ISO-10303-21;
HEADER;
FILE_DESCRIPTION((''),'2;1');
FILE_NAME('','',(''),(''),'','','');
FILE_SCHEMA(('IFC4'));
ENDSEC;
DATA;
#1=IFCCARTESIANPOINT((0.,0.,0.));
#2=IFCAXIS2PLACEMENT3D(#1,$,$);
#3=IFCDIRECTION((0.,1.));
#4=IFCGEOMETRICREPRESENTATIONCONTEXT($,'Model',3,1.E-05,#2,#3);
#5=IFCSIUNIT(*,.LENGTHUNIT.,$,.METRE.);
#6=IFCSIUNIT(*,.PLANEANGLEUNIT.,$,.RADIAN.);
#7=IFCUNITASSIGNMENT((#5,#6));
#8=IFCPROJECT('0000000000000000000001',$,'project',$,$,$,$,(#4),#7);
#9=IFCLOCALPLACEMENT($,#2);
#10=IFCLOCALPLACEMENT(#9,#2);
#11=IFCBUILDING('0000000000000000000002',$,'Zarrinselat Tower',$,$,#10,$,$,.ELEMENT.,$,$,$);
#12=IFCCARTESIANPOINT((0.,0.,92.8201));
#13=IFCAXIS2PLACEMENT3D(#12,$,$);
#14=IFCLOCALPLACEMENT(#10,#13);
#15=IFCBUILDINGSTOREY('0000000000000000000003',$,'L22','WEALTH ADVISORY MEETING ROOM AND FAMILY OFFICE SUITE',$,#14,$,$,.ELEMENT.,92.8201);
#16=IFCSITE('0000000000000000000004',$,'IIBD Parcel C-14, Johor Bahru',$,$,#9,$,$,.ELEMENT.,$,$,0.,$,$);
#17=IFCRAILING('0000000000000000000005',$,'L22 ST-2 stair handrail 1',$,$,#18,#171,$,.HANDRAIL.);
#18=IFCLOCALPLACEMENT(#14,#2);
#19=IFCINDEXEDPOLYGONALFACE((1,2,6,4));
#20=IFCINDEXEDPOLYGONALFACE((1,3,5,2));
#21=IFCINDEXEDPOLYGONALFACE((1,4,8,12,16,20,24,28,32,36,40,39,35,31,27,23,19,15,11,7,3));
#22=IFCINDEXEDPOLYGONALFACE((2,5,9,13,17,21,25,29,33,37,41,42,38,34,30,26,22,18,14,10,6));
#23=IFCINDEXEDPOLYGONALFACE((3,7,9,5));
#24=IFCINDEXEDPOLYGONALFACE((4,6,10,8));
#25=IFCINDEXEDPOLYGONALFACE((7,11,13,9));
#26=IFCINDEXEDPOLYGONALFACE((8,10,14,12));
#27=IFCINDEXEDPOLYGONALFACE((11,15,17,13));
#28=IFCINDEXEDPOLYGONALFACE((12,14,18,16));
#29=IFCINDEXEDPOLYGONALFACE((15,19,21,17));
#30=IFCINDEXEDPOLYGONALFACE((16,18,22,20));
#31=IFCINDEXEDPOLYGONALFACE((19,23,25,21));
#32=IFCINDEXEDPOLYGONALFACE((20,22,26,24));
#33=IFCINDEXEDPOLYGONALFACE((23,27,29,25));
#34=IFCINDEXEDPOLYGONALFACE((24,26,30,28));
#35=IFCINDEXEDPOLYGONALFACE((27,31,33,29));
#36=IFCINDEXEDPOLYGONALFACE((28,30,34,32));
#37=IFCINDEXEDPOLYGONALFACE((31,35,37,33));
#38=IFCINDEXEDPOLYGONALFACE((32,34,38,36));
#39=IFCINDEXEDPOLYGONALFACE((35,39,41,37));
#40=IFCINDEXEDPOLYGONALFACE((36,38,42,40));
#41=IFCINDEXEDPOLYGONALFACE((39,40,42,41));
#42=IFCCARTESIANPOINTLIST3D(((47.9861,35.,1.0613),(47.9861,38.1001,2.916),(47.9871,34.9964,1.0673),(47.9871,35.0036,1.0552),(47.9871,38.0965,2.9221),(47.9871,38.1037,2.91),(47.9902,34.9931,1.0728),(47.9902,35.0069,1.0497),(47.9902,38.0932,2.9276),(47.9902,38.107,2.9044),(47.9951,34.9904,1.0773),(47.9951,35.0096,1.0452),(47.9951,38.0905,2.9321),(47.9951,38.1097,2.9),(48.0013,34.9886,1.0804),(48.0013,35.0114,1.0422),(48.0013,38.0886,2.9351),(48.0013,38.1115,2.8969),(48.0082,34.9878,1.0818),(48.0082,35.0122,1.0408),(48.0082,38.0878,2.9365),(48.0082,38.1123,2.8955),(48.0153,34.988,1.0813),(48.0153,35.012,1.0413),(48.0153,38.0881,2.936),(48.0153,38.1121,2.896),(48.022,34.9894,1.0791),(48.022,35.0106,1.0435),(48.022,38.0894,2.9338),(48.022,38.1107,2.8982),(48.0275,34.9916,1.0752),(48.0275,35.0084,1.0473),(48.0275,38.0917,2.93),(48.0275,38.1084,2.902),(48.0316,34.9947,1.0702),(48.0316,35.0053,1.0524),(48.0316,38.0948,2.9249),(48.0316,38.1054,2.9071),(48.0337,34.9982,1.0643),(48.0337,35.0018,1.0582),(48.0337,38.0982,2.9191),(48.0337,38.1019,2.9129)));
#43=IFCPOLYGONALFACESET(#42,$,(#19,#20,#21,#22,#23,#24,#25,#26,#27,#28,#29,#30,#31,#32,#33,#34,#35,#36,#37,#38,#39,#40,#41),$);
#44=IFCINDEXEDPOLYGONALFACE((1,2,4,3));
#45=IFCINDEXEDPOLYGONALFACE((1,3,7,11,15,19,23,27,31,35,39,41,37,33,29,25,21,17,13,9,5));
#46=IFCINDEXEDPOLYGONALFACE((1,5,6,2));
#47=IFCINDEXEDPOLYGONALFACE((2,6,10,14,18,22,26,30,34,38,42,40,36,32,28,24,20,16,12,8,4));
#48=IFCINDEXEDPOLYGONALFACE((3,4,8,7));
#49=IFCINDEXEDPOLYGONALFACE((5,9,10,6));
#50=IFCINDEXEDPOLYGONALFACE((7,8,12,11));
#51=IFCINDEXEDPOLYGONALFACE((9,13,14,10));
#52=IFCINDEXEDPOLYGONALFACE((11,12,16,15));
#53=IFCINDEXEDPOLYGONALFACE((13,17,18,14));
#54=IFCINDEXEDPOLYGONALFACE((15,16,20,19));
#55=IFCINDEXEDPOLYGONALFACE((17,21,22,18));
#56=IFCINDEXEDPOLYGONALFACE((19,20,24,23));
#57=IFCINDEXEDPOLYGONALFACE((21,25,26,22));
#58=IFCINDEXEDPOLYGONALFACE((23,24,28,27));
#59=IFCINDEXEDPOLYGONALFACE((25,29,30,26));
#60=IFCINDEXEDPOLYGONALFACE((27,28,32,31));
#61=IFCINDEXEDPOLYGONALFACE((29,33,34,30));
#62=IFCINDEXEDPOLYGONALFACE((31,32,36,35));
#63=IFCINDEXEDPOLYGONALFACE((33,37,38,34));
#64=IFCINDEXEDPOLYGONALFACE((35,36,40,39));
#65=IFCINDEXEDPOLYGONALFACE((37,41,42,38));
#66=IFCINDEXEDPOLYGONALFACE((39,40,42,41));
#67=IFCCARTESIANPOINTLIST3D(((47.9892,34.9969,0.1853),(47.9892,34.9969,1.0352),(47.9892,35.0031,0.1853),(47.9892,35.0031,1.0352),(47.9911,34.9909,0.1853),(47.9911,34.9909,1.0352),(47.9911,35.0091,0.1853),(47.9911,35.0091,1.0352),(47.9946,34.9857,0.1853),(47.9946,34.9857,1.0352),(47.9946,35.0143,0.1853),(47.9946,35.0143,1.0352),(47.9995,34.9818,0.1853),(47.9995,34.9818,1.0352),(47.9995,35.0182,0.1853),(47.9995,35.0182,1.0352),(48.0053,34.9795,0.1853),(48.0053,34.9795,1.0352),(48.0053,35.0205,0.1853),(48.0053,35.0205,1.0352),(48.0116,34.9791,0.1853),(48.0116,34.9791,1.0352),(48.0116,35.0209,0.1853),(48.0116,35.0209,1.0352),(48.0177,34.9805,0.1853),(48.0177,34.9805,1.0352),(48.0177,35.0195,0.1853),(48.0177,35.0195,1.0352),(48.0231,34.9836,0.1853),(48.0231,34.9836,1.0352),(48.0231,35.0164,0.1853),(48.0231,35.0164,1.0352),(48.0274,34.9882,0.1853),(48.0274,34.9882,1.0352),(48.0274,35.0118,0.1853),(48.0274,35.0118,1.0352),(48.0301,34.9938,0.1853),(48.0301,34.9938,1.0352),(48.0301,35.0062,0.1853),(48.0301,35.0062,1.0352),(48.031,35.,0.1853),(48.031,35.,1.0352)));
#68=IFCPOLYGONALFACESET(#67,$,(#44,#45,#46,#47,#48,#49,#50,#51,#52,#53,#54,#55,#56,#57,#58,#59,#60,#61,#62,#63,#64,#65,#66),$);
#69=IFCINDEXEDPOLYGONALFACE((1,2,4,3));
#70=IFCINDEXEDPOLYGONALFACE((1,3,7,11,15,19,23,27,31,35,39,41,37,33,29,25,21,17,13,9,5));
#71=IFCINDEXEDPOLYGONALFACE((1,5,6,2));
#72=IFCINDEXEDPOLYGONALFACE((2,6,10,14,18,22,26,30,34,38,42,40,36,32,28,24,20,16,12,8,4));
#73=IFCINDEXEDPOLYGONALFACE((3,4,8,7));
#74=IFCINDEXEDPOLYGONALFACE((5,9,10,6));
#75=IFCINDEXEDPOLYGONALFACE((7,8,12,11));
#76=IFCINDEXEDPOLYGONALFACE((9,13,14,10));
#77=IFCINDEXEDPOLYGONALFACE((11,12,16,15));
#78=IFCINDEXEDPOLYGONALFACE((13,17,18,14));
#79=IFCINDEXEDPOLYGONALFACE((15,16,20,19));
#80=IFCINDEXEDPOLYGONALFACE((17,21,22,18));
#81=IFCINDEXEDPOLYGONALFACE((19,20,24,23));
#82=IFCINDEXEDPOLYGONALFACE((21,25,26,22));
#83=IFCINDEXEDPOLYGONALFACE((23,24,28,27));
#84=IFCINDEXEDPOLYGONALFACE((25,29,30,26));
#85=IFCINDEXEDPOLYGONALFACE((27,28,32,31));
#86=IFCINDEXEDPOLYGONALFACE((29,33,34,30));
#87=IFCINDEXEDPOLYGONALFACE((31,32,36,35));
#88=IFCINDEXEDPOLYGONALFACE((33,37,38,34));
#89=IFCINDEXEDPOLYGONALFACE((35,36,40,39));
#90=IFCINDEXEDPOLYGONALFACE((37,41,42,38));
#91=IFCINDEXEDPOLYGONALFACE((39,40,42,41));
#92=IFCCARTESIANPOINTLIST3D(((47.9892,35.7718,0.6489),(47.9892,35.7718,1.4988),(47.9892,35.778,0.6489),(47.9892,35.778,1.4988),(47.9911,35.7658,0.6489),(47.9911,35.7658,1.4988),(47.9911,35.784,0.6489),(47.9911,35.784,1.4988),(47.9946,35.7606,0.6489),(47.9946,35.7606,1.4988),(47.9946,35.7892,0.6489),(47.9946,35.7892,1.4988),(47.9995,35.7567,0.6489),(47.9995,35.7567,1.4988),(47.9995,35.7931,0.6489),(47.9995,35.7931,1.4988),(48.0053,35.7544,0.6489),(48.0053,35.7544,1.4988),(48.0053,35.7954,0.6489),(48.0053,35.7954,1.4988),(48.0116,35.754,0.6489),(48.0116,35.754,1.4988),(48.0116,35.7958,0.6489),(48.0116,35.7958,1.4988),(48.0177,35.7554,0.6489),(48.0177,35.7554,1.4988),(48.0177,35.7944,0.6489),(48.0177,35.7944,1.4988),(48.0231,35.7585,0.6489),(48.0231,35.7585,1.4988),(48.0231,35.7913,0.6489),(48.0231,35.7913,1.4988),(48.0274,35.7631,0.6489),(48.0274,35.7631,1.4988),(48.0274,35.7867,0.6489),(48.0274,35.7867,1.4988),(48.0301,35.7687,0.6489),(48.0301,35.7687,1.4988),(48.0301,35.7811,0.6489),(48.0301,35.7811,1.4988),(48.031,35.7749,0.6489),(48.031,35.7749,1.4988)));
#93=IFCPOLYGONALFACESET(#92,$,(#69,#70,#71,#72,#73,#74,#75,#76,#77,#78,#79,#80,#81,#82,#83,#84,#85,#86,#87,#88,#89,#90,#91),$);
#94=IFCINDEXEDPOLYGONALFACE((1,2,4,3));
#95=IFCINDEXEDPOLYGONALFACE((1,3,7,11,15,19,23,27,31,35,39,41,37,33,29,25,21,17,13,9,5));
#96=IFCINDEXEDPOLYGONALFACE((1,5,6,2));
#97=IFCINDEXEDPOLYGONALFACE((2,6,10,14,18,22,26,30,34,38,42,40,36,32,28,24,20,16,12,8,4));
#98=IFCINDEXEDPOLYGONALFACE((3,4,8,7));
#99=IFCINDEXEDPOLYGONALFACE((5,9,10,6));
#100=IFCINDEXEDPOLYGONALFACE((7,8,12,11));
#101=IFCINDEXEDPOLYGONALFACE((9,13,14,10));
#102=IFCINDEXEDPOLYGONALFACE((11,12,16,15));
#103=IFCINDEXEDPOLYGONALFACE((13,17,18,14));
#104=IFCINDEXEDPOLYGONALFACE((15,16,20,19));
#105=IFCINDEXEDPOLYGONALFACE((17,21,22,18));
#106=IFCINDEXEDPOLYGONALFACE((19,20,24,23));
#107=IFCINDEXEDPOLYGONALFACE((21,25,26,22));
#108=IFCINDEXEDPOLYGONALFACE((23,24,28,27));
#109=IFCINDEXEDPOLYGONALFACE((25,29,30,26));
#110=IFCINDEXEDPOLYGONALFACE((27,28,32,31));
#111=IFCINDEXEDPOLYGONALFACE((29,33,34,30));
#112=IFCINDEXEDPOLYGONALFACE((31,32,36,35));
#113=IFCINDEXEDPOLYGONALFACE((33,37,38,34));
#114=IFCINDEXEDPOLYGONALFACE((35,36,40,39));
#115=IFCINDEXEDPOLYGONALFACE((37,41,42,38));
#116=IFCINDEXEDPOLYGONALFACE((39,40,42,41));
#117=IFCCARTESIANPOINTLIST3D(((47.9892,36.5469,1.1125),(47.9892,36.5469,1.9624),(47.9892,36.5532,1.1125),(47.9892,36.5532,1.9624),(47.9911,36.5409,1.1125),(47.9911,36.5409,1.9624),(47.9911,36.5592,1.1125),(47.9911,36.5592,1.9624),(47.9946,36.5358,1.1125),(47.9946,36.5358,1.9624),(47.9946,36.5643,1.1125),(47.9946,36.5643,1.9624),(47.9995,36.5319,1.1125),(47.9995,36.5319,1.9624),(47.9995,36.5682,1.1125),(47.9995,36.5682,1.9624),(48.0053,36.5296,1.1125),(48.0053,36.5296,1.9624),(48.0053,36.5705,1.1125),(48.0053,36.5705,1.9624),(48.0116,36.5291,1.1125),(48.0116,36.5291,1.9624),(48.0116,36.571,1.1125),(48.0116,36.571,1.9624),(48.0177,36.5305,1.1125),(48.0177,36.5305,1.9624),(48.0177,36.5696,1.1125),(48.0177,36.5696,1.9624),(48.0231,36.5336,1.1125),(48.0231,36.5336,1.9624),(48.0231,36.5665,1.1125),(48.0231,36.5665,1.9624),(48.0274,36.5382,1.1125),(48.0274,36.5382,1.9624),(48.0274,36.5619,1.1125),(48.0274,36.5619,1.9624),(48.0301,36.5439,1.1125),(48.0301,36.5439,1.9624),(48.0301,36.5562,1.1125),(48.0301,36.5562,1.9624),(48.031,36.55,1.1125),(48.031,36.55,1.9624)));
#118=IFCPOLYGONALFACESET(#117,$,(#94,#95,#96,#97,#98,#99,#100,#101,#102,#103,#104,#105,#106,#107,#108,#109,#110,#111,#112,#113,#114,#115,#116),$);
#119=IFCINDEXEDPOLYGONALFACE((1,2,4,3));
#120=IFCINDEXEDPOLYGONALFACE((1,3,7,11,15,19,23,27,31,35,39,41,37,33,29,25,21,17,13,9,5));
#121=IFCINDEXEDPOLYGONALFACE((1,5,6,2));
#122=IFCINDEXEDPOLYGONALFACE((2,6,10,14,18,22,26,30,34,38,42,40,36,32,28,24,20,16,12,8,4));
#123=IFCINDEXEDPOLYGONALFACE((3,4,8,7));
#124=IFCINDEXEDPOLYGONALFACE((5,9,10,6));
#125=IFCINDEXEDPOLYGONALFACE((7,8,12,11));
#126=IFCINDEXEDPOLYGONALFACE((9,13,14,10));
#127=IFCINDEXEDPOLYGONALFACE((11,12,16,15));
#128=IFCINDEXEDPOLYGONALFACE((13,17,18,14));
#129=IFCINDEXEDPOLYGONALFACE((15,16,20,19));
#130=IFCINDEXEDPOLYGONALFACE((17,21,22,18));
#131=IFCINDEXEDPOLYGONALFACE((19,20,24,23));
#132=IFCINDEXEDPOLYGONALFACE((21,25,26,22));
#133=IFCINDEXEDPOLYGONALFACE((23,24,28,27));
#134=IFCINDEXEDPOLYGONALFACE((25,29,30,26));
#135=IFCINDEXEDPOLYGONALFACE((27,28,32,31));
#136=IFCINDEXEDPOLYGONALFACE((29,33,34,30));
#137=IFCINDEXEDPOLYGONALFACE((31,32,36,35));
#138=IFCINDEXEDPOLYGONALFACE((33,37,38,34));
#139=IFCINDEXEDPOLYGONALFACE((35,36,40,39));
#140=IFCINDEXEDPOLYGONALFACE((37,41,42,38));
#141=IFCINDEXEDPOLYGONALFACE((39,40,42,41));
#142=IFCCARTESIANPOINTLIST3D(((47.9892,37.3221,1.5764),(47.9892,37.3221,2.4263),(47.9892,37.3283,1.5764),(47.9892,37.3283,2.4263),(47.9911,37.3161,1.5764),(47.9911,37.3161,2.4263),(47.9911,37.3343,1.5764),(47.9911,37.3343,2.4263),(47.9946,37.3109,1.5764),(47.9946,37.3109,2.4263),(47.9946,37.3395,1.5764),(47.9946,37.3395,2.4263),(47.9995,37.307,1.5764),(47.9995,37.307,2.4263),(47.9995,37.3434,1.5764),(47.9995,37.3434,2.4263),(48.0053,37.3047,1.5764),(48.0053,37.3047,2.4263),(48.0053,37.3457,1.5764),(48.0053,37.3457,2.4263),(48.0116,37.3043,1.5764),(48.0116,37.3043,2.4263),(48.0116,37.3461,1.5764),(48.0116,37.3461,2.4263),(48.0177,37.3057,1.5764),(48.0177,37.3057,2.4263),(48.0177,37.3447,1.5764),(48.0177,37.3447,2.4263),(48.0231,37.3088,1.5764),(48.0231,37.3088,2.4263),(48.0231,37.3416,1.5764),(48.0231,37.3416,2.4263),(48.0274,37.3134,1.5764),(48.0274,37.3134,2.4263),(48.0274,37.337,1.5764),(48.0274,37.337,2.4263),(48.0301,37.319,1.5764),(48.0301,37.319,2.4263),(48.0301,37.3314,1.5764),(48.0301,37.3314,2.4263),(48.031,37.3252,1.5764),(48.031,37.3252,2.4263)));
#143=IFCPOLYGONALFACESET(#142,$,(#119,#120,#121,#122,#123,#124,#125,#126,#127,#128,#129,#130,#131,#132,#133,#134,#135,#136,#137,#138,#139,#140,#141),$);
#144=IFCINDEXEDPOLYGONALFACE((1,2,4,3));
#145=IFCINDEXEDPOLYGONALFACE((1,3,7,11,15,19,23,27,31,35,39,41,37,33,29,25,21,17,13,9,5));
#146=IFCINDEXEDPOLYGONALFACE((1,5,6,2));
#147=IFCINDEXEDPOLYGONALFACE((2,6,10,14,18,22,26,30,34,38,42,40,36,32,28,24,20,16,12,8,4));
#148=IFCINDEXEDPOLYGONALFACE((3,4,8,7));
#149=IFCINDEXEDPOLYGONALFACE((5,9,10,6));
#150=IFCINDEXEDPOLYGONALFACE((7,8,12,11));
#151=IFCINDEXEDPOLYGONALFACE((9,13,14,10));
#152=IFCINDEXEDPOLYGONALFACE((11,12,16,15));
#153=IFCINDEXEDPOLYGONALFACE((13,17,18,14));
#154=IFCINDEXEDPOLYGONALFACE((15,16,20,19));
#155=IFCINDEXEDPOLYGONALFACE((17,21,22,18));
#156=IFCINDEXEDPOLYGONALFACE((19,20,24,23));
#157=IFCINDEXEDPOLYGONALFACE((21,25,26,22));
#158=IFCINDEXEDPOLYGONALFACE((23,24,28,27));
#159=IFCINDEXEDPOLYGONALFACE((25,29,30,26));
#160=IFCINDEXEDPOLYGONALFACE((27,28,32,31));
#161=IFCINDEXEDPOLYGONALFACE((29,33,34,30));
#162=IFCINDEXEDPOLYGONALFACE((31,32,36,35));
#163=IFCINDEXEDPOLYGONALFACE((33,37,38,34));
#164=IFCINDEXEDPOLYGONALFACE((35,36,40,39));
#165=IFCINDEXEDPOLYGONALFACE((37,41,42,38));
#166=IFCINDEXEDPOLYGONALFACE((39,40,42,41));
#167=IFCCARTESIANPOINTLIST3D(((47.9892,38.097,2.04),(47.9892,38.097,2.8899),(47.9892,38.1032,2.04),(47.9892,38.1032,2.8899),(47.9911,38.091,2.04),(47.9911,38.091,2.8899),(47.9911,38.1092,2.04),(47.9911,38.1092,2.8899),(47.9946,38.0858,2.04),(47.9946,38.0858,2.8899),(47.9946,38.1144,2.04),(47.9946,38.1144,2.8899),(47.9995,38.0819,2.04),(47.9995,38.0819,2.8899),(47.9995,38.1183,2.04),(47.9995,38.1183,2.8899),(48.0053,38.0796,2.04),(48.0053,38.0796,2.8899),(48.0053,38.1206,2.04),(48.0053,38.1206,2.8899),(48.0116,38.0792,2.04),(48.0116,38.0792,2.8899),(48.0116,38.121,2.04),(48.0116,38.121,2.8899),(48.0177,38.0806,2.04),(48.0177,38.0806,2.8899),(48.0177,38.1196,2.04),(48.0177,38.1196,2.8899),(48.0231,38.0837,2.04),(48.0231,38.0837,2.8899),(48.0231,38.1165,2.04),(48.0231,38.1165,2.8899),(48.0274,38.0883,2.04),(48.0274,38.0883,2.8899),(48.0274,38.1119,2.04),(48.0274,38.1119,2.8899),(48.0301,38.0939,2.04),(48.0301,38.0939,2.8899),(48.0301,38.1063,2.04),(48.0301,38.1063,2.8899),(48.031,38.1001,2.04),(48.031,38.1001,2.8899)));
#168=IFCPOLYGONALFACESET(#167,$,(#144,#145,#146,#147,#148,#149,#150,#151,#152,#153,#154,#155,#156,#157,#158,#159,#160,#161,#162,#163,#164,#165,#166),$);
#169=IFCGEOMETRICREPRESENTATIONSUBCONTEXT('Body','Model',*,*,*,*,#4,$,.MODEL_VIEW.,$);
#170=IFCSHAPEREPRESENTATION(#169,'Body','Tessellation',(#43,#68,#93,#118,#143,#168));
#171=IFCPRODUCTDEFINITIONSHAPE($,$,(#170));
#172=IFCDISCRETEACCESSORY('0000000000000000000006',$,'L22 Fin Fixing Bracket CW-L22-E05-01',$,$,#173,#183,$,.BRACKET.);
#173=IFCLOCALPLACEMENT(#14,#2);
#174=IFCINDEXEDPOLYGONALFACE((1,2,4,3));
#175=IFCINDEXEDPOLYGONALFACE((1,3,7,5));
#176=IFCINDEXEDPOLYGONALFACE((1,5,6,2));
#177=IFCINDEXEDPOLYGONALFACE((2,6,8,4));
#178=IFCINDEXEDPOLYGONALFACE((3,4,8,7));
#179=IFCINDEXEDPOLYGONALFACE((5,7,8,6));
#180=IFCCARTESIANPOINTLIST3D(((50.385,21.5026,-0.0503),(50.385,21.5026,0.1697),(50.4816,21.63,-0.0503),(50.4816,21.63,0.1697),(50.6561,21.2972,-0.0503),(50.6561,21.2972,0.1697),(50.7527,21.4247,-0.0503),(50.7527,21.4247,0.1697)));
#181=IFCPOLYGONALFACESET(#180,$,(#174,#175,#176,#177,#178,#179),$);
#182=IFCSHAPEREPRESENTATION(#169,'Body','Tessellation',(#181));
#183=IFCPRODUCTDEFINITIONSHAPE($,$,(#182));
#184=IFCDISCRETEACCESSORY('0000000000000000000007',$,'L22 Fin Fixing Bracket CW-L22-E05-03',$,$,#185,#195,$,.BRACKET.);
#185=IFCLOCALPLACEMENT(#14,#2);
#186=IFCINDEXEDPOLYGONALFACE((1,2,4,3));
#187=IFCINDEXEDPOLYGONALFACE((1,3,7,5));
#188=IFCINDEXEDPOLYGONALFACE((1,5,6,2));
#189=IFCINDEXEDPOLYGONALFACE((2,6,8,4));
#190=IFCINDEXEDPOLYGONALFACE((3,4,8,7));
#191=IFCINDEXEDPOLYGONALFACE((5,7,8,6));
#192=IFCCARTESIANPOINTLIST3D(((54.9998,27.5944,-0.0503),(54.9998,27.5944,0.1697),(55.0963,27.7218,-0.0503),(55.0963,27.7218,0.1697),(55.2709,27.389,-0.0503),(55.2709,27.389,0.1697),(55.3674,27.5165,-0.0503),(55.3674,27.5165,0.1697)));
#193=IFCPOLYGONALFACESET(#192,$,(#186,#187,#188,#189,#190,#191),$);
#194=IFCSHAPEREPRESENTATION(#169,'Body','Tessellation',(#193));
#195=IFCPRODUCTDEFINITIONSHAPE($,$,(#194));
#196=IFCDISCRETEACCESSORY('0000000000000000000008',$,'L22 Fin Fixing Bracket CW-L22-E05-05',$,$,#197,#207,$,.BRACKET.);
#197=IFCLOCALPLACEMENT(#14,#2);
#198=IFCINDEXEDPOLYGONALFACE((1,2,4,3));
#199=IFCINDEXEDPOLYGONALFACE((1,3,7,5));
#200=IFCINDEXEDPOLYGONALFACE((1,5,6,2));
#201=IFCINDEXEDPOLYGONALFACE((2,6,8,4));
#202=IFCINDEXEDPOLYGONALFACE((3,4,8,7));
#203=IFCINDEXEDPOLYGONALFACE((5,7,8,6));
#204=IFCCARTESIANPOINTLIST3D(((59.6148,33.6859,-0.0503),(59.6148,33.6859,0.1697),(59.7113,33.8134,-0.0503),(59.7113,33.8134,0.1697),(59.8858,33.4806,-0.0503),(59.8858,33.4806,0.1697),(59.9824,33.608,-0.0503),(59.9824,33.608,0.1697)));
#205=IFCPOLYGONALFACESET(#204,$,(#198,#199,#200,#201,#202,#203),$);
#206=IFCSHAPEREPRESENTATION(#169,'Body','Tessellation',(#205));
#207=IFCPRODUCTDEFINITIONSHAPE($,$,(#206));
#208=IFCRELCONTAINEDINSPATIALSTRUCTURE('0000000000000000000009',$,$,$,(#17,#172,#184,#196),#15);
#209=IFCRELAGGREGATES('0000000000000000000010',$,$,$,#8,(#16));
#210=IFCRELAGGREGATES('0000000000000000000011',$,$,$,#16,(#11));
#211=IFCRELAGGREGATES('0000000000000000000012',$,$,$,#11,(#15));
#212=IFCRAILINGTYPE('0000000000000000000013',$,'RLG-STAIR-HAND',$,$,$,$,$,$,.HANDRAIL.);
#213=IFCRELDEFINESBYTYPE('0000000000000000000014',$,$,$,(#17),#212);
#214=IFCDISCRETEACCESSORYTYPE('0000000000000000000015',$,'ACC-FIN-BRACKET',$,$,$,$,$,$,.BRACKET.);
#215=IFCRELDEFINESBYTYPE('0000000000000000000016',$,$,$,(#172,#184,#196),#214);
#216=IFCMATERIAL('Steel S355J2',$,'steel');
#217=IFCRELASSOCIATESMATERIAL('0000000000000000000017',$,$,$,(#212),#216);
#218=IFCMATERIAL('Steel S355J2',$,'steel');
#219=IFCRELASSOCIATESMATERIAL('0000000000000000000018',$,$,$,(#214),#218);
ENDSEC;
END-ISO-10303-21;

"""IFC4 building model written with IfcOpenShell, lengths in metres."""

from ifc_helpers import new_model, si_unit, direction, frame, origin, origin_2d, place, context, subcontext, project, spatial, rectangle, circle, extrude, material, type_object, element, save


model = new_model("IFC4")

# Units and contexts
model_context = context("Model", 3, precision=1e-05, world=origin(), true_north=direction((0.0, 1.0)))
body_context = subcontext(model_context, "Body", "Model", "MODEL_VIEW")
ifc_project = project(units=[si_unit("LENGTHUNIT", "METRE"), si_unit("PLANEANGLEUNIT", "RADIAN")], contexts=[model_context])

# Site, building, storey
site_placement = place(None, origin())
site = spatial("IfcSite", under=ifc_project, at=site_placement, Name="IIBD Parcel C-14, Johor Bahru", CompositionType="ELEMENT", RefElevation=0.0)
building_placement = place(site_placement, origin())
building = spatial("IfcBuilding", under=site, at=building_placement, Name="Zarrinselat Tower", CompositionType="ELEMENT")
storey_placement = place(building_placement, frame((0.0, 0.0, 92.8201)))
storey = spatial("IfcBuildingStorey", under=building, at=storey_placement, Name="L22", Description="WEALTH ADVISORY MEETING ROOM AND FAMILY OFFICE SUITE", CompositionType="ELEMENT", Elevation=92.8201)

# Railing
ifc_material_1 = material(Name="Steel S355J2", Category="steel")
railing_type_1 = type_object("IfcRailingType", Name="RLG-STAIR-HAND", PredefinedType="HANDRAIL", material=ifc_material_1)
railing_1_placement = place(storey_placement, frame((48.01, 35.0, 0.1853)))
element("IfcRailing", 1, at=railing_1_placement, inside=storey, type_object=railing_type_1, Name="L22 ST-2 stair handrail 1", PredefinedType="HANDRAIL", context=body_context, shape_type="SweptSolid", body=[
    extrude(circle(Radius=0.0239, at=origin_2d()), frame((0.0, 0.0, 0.876), z_axis=(0.0, 0.858142, 0.513412), x_axis=(-1.0, 0.0, 0.0)), (0.0, 0.0, 1.0), 3.6125),
    extrude(circle(Radius=0.021, at=origin_2d()), origin(), (0.0, 0.0, 1.0), 0.8499),
    extrude(circle(Radius=0.021, at=origin_2d()), frame((0.0, 0.7749, 0.4636)), (0.0, 0.0, 1.0), 0.8499),
    extrude(circle(Radius=0.021, at=origin_2d()), frame((0.0, 1.55, 0.9272)), (0.0, 0.0, 1.0), 0.8499),
    extrude(circle(Radius=0.021, at=origin_2d()), frame((0.0, 2.3252, 1.3911)), (0.0, 0.0, 1.0), 0.8499),
    extrude(circle(Radius=0.021, at=origin_2d()), frame((0.0, 3.1001, 1.8547)), (0.0, 0.0, 1.0), 0.8499),
])

# Discrete accessories
ifc_material_2 = material(Name="Steel S355J2", Category="steel")
discrete_accessory_type = type_object("IfcDiscreteAccessoryType", Name="ACC-FIN-BRACKET", PredefinedType="BRACKET", material=ifc_material_2)
for number, where, z_axis, x_axis, name in (
    (2, (50.5688, 21.4636, -0.0503), (0.0, 0.0, 1.0), (0.797094, -0.603856, 0.0), "L22 Fin Fixing Bracket CW-L22-E05-01"),
    (3, (55.1836, 27.5554, -0.0503), (0.0, 0.0, 1.0), (0.797094, -0.603856, 0.0), "L22 Fin Fixing Bracket CW-L22-E05-03"),
    (4, (59.7986, 33.647, -0.0503), (0.0, 0.0, 1.0), (0.797094, -0.603856, 0.0), "L22 Fin Fixing Bracket CW-L22-E05-05"),
):
    element("IfcDiscreteAccessory", number, at=place(storey_placement, frame(where, z_axis=z_axis, x_axis=x_axis)), inside=storey, type_object=discrete_accessory_type, Name=name, PredefinedType="BRACKET", context=body_context, shape_type="SweptSolid", body=[
        extrude(rectangle(XDim=0.3401, YDim=0.1599, at=origin_2d()), origin(), (0.0, 0.0, 1.0), 0.22),
    ])

save(model, "model.ifc")
